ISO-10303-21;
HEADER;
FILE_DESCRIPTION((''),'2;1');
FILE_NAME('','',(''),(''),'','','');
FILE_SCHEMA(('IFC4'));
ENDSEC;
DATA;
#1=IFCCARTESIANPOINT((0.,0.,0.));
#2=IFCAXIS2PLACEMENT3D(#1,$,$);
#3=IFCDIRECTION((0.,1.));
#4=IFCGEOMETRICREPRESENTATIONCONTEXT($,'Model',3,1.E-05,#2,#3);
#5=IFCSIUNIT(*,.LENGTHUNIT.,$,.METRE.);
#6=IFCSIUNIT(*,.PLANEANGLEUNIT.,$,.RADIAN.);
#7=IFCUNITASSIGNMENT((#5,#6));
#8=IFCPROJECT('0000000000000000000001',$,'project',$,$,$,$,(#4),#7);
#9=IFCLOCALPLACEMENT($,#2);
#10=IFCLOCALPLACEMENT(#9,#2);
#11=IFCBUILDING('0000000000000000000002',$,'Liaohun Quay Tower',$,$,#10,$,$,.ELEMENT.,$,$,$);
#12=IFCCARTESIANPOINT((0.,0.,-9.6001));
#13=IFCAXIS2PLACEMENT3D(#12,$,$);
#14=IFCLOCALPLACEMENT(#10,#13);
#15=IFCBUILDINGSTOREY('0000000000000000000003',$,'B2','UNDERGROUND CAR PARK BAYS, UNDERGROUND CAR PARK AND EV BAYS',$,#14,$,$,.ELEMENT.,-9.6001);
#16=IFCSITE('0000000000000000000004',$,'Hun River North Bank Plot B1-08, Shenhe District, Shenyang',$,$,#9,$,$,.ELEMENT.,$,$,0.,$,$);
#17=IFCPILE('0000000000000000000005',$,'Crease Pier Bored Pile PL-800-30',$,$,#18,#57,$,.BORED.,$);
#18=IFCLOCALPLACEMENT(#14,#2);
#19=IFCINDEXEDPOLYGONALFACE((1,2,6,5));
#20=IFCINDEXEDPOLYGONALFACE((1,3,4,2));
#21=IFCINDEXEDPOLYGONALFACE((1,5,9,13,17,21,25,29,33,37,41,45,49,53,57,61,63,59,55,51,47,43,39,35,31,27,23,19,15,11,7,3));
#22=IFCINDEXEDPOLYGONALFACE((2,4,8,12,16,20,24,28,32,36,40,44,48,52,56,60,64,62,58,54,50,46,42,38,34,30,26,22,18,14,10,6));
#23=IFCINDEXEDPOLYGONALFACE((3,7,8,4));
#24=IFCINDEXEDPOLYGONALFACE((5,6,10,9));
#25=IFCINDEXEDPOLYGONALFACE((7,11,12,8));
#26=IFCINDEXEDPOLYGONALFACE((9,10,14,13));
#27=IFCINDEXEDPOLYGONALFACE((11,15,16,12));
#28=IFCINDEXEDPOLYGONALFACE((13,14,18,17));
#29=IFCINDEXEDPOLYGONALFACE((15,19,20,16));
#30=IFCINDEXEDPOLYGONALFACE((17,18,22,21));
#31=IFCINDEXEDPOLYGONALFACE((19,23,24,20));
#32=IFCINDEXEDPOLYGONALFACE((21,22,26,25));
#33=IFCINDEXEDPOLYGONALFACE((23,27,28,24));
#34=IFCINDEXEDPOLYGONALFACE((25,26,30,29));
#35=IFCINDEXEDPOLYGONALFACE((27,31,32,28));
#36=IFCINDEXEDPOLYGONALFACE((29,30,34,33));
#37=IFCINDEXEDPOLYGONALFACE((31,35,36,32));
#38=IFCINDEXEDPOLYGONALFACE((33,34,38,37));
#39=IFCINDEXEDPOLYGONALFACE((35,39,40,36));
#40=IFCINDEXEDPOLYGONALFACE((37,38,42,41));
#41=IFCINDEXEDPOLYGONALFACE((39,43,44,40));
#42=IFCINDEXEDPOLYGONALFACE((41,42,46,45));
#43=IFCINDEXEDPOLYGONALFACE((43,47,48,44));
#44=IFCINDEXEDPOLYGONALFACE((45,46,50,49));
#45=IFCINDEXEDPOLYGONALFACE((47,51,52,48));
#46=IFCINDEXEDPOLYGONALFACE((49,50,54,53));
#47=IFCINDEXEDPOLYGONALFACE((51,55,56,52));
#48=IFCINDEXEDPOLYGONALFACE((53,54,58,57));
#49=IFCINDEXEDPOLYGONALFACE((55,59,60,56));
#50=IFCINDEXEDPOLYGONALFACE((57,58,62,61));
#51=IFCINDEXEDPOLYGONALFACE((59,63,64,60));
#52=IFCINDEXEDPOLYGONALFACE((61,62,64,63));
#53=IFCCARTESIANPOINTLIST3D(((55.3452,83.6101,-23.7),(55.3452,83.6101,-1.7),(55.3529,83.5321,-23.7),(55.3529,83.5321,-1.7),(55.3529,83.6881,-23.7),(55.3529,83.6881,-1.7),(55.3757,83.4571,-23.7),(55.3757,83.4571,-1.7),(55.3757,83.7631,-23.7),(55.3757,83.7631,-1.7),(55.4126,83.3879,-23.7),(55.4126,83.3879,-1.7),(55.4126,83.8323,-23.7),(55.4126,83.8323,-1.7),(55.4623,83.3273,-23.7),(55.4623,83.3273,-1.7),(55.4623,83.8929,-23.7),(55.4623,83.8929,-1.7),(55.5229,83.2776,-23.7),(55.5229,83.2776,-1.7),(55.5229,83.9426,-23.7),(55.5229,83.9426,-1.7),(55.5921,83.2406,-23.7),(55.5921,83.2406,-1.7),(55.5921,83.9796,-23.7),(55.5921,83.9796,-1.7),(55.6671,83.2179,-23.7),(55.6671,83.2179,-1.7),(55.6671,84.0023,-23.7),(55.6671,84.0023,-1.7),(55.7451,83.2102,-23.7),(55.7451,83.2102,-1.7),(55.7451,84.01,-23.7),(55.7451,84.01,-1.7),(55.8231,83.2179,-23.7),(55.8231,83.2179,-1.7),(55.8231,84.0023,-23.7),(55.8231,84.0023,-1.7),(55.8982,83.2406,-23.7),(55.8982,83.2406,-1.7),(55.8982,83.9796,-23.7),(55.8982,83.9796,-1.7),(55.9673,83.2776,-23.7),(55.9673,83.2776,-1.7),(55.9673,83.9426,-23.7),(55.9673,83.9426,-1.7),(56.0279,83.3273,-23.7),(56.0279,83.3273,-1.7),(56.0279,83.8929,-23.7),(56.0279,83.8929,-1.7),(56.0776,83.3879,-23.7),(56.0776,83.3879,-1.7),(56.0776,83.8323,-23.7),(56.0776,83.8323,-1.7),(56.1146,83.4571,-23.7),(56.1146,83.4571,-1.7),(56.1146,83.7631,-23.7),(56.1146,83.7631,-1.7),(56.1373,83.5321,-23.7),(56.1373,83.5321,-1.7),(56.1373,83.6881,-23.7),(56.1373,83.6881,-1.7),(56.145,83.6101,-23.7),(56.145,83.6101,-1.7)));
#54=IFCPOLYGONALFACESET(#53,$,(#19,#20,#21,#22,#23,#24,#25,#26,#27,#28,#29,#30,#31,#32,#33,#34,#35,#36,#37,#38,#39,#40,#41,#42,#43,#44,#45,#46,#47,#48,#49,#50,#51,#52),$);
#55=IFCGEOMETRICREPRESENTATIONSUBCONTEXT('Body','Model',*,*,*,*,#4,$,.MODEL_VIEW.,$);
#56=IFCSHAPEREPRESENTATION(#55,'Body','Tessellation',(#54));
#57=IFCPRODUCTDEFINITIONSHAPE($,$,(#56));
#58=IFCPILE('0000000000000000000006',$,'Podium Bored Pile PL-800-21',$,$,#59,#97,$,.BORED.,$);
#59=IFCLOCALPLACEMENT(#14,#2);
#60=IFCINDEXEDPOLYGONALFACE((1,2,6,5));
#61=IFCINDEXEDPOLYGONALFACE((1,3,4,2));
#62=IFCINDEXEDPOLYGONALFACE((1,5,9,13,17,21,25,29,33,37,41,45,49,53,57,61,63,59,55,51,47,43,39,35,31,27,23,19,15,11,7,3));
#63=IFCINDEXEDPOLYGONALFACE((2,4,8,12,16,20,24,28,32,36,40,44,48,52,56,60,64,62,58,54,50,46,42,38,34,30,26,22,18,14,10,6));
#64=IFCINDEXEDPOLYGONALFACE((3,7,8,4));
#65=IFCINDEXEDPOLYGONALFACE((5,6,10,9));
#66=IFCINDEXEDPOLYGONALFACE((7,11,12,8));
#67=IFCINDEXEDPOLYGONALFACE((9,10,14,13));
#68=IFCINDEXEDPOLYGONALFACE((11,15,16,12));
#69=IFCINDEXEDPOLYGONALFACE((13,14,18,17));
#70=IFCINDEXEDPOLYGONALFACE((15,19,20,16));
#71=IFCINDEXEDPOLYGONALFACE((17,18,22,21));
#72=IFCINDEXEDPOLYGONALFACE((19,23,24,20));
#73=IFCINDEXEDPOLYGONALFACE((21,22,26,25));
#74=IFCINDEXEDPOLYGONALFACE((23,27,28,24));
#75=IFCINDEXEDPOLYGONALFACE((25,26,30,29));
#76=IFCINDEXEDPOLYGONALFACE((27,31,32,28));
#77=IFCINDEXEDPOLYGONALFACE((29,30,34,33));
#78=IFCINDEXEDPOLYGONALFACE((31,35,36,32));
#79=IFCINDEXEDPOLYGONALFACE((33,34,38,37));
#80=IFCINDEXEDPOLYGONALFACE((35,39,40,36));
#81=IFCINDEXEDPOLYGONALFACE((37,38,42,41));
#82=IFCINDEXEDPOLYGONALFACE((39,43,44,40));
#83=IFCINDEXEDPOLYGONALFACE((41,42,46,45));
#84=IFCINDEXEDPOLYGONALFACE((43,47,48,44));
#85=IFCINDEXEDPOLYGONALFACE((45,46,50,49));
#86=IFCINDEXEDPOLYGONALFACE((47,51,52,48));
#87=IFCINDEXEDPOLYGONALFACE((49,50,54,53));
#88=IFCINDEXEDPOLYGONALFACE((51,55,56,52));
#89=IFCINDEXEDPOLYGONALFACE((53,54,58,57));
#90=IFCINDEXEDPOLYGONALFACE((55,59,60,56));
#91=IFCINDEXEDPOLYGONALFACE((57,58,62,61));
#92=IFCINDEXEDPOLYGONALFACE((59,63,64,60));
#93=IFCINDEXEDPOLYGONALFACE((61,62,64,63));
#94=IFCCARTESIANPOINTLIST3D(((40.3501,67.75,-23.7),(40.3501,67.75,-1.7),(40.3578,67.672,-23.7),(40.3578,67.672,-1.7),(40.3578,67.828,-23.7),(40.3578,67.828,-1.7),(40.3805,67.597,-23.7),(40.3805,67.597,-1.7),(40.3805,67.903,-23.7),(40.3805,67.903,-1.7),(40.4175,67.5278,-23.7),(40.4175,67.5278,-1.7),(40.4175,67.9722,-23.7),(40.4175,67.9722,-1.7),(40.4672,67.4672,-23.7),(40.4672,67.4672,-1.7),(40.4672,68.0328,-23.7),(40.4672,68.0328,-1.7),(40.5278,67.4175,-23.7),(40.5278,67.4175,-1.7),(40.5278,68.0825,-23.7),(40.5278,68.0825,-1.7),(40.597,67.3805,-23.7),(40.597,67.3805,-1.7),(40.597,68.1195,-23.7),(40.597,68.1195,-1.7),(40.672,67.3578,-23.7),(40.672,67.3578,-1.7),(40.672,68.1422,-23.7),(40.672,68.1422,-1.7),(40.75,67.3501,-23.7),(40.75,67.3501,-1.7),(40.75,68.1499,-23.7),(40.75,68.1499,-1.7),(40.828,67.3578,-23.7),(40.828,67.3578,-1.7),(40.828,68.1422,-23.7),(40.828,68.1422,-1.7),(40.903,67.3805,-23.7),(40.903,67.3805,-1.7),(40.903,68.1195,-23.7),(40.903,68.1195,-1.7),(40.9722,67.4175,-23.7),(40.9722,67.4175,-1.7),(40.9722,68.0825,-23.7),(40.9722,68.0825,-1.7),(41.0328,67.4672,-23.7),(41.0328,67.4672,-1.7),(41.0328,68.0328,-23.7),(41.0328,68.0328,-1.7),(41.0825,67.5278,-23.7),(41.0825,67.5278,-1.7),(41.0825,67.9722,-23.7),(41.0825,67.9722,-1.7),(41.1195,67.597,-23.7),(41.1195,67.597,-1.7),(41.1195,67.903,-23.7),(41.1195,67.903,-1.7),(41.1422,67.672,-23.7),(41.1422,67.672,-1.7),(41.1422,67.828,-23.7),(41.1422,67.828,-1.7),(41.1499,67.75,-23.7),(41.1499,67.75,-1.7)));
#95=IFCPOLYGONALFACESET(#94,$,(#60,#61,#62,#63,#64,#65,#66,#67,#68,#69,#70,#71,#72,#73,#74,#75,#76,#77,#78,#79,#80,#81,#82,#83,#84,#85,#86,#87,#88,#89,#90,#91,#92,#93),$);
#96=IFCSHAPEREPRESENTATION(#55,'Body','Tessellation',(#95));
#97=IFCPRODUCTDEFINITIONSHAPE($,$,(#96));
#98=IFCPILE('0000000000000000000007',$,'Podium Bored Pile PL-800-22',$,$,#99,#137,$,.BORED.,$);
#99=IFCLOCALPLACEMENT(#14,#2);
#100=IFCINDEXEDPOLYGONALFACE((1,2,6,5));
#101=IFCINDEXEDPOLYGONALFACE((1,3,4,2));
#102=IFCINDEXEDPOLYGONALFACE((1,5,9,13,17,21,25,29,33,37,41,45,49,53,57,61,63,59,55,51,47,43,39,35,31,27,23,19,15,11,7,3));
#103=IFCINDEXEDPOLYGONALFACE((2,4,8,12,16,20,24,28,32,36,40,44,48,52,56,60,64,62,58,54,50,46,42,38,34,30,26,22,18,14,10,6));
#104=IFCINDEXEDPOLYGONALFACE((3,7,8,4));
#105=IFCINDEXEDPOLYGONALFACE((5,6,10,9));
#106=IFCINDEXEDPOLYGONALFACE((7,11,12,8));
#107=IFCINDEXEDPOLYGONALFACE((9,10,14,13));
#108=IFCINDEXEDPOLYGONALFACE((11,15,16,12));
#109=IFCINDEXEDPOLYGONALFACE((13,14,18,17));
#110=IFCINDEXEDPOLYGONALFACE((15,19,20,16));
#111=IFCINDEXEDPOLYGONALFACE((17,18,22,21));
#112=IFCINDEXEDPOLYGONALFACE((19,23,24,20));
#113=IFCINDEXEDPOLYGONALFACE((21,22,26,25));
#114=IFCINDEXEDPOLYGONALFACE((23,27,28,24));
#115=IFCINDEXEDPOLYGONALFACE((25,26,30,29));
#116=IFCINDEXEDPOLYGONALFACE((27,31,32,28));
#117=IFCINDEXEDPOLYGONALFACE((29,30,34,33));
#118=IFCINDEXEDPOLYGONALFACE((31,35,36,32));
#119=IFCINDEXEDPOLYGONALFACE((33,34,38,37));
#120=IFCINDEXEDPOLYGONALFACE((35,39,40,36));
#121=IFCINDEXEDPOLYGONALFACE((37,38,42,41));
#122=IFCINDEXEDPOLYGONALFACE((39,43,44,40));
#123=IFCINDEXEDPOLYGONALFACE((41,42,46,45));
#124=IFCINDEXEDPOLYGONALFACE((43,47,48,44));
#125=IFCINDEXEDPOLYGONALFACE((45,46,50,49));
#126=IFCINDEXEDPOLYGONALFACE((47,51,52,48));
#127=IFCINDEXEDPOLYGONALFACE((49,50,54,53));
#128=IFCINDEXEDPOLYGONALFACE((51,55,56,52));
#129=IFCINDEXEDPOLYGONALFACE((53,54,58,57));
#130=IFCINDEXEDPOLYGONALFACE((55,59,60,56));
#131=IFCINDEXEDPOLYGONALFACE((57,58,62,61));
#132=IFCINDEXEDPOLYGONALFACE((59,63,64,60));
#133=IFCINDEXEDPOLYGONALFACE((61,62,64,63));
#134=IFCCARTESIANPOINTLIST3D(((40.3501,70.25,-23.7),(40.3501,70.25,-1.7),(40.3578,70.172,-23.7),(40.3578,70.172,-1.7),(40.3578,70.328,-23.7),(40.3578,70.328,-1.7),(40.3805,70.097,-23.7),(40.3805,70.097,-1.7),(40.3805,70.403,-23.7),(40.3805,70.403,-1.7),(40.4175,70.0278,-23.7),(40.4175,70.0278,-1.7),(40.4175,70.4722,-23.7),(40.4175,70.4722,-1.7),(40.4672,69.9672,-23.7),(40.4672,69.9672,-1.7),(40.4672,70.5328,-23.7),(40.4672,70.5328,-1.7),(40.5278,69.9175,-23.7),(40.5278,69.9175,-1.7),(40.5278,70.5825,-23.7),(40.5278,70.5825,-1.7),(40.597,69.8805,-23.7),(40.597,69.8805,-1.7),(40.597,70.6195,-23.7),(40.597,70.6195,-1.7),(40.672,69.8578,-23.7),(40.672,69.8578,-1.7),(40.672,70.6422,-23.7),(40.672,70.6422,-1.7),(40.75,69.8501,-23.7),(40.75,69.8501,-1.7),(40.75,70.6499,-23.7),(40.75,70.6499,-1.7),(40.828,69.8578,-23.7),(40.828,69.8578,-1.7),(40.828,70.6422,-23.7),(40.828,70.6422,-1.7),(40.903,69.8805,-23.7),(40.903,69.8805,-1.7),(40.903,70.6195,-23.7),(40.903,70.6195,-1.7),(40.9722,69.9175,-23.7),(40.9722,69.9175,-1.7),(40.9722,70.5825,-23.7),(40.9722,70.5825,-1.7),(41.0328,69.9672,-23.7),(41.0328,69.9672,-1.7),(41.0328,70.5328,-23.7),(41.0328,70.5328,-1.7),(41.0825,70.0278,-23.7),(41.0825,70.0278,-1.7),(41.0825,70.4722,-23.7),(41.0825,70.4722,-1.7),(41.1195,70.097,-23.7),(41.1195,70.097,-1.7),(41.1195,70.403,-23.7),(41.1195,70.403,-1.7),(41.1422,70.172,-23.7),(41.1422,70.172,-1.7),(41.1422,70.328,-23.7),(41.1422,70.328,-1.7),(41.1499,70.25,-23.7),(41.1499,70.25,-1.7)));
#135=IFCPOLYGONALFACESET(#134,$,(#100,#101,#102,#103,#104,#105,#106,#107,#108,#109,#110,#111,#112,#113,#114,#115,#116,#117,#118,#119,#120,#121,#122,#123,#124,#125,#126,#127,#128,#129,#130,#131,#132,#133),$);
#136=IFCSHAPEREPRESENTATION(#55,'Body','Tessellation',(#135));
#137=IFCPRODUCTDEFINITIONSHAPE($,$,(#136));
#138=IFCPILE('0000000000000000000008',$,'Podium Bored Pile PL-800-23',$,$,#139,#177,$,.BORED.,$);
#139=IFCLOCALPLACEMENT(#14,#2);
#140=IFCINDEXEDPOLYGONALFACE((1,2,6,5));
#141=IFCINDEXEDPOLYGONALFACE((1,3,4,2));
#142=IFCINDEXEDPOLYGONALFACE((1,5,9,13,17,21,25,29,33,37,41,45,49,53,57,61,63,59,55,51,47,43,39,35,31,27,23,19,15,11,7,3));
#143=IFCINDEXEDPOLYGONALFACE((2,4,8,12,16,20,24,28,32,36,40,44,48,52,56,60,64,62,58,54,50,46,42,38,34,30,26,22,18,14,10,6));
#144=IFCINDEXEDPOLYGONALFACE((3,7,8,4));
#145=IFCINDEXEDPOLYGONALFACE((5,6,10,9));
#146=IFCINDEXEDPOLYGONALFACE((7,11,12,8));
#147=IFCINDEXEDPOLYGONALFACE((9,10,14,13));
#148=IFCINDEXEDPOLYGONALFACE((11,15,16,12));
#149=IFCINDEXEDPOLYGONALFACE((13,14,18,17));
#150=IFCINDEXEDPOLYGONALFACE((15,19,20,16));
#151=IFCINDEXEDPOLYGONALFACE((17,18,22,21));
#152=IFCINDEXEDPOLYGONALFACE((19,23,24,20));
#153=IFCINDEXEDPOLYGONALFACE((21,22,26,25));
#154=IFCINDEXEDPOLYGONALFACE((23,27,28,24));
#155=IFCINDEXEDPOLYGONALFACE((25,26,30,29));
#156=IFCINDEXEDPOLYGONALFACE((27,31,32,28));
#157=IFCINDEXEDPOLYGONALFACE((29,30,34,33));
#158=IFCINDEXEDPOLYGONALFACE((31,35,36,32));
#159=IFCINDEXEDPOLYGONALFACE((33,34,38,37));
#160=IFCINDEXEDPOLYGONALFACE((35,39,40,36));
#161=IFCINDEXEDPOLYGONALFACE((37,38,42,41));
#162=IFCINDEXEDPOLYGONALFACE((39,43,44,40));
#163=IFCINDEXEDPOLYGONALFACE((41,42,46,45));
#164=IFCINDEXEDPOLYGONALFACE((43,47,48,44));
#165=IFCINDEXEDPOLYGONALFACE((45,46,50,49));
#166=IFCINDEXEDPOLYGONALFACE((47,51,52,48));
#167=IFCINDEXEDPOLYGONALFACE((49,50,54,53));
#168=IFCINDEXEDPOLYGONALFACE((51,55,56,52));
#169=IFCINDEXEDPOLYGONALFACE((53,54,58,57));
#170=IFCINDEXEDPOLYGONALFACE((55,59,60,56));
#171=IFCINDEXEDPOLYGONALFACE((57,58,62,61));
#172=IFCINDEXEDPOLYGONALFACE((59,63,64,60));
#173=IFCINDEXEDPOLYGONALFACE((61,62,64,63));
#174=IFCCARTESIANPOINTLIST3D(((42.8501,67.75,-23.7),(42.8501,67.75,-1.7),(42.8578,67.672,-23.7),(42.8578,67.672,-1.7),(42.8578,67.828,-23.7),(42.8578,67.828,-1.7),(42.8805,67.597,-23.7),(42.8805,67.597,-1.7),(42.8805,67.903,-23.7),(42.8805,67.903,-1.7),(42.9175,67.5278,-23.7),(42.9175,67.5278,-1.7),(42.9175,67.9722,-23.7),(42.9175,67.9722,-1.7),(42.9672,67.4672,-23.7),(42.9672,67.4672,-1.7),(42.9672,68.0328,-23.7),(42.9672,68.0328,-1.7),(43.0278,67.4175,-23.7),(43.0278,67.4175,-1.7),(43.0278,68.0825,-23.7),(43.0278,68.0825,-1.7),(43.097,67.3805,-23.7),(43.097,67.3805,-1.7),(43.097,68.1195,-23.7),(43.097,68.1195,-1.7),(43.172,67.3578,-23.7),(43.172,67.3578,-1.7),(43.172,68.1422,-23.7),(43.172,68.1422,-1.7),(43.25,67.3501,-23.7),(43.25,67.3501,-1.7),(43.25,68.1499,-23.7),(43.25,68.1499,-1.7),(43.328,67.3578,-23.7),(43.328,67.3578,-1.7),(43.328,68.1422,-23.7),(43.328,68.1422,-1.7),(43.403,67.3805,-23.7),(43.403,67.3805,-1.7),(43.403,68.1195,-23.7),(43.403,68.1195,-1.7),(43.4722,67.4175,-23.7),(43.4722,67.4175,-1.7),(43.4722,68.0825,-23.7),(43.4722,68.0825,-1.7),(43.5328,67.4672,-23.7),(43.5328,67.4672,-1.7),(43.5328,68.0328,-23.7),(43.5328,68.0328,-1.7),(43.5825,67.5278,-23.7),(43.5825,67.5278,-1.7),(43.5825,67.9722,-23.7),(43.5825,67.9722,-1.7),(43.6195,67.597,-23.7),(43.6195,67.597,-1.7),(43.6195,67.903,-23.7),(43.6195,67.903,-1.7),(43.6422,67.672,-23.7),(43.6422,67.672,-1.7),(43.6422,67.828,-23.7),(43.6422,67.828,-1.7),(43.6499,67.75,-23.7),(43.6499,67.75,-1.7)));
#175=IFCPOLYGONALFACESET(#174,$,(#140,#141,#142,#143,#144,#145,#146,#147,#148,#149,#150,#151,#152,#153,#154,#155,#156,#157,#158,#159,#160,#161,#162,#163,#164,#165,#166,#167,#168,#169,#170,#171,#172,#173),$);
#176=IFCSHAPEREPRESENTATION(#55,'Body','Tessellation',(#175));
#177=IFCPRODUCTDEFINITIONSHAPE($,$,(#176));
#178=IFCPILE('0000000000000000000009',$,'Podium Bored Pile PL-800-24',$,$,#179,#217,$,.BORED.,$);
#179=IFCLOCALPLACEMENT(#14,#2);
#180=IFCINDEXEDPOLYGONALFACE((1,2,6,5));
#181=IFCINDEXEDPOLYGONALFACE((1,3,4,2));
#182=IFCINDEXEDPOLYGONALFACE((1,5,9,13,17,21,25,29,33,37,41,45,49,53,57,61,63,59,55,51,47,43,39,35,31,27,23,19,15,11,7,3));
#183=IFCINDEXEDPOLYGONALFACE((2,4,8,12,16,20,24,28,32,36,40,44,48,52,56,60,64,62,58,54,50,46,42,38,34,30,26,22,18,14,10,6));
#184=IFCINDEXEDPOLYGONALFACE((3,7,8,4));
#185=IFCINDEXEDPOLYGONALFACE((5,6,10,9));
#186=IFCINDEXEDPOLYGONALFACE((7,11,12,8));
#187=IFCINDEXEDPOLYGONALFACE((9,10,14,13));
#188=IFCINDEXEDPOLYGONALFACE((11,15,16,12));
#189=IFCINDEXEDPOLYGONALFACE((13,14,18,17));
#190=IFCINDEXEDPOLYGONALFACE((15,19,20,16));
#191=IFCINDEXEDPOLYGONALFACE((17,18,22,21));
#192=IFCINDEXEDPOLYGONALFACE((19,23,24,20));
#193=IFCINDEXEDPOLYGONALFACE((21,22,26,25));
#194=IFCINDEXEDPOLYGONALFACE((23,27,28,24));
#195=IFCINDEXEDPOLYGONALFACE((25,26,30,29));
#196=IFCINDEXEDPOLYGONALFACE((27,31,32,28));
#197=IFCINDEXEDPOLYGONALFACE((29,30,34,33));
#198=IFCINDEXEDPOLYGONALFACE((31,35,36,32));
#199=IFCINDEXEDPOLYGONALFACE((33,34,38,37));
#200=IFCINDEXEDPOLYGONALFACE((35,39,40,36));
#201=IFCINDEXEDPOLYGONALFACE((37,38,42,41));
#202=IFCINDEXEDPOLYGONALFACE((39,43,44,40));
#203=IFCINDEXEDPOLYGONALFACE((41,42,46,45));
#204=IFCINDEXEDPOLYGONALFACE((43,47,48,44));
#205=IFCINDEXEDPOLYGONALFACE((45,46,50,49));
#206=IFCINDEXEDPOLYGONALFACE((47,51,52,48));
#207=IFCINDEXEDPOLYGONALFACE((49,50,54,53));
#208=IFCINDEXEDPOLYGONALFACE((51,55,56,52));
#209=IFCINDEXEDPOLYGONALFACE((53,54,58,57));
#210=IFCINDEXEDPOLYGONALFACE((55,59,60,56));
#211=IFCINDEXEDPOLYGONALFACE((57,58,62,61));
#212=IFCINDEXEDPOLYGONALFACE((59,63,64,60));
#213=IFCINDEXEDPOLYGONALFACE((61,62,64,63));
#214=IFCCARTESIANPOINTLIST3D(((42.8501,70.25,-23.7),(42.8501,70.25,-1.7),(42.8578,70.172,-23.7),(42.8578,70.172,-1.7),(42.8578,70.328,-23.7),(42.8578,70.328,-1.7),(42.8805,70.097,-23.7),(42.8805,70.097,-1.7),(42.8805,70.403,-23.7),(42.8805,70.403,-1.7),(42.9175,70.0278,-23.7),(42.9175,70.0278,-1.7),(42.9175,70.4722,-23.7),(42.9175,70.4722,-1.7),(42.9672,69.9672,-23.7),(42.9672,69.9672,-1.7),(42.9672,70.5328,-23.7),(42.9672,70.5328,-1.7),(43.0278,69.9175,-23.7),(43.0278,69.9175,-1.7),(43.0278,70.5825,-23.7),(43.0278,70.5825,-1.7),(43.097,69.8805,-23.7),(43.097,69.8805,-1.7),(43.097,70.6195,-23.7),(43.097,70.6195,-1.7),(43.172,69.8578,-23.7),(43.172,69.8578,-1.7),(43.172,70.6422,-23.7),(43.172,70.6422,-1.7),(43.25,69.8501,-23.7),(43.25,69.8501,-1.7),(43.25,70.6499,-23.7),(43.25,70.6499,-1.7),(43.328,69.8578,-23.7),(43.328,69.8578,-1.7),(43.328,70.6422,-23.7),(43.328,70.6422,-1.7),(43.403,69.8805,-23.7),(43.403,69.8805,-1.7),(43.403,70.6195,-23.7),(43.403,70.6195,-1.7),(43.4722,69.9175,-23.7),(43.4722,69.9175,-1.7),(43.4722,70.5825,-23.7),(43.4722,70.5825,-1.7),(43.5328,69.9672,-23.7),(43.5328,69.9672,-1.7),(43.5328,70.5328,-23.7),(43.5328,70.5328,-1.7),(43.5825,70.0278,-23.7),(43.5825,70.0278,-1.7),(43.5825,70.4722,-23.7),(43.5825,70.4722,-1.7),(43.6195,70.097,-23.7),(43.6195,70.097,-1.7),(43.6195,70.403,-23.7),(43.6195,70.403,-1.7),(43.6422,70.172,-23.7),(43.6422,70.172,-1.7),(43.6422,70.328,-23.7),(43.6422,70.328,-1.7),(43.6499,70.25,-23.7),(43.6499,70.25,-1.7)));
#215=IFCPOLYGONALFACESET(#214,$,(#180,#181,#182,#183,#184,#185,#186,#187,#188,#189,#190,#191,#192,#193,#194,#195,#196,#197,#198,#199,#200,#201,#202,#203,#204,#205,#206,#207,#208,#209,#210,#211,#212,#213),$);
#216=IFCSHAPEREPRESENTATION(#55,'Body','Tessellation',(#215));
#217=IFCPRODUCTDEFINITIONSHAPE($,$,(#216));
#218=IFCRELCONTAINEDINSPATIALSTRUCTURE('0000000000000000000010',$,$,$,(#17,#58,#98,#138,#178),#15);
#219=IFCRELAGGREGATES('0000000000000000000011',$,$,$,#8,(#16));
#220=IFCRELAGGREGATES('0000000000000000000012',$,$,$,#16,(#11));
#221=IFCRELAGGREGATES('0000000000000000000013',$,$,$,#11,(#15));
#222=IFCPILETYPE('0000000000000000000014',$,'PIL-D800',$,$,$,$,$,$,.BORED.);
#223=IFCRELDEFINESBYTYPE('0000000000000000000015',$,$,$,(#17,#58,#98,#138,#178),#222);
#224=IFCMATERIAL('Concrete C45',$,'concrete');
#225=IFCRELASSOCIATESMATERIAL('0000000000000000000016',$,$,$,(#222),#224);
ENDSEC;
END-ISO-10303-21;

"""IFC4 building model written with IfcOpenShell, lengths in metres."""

from ifc_helpers import new_model, si_unit, direction, frame, origin, origin_2d, place, context, subcontext, project, spatial, circle, extrude, source, transform, mapped, material, material_profile, profile_set, type_object, element, save


model = new_model("IFC4")

# Units and contexts
model_context = context("Model", 3, precision=1e-05, world=origin(), true_north=direction((0.0, 1.0)))
body_context = subcontext(model_context, "Body", "Model", "MODEL_VIEW")
ifc_project = project(units=[si_unit("LENGTHUNIT", "METRE"), si_unit("PLANEANGLEUNIT", "RADIAN")], contexts=[model_context])

# Site, building, storey
site_placement = place(None, origin())
site = spatial("IfcSite", under=ifc_project, at=site_placement, Name="Hun River North Bank Plot B1-08, Shenhe District, Shenyang", CompositionType="ELEMENT", RefElevation=0.0)
building_placement = place(site_placement, origin())
building = spatial("IfcBuilding", under=site, at=building_placement, Name="Liaohun Quay Tower", CompositionType="ELEMENT")
storey_placement = place(building_placement, frame((0.0, 0.0, -9.6001)))
storey = spatial("IfcBuildingStorey", under=building, at=storey_placement, Name="B2", Description="UNDERGROUND CAR PARK BAYS, UNDERGROUND CAR PARK AND EV BAYS", CompositionType="ELEMENT", Elevation=-9.6001)

# Shared definitions
ifc_material_1 = material(Name="Concrete C45", Category="concrete")

# Piles
ifc_material_profile_1 = material_profile(ifc_material_1, circle(Radius=0.3999, at=origin_2d()), Name="PILE-D800")
ifc_profile_set_1 = profile_set([ifc_material_profile_1], Name="Concrete C45")
pile_type_1 = type_object("IfcPileType", Name="PIL-D800", PredefinedType="BORED", material=ifc_profile_set_1)
shared_shape_1 = source(origin(), body_context, "Body", "SweptSolid", [
    extrude(circle(Radius=0.3999, at=origin_2d()), origin(), (0.0, 0.0, 1.0), 22.0),
])
for number, where, z_axis, x_axis, name in (
    (1, (55.7451, 83.6101, -1.7), (0.0, 0.0, -1.0), (1.0, 0.0, 0.0), "Crease Pier Bored Pile PL-800-30"),
    (2, (40.75, 67.75, -1.7), (0.0, 0.0, -1.0), (1.0, 0.0, 0.0), "Podium Bored Pile PL-800-21"),
    (3, (40.75, 70.25, -1.7), (0.0, 0.0, -1.0), (1.0, 0.0, 0.0), "Podium Bored Pile PL-800-22"),
    (4, (43.25, 67.75, -1.7), (0.0, 0.0, -1.0), (1.0, 0.0, 0.0), "Podium Bored Pile PL-800-23"),
    (5, (43.25, 70.25, -1.7), (0.0, 0.0, -1.0), (1.0, 0.0, 0.0), "Podium Bored Pile PL-800-24"),
):
    element("IfcPile", number, at=place(storey_placement, frame(where, z_axis=z_axis, x_axis=x_axis)), inside=storey, type_object=pile_type_1, Name=name, PredefinedType="BORED", context=body_context, shape_type="MappedRepresentation", body=[
        mapped(shared_shape_1, transform((0.0, 0.0, 0.0), x_axis=(1.0, 0.0, 0.0), y_axis=(0.0, 1.0, 0.0), z_axis=(0.0, 0.0, 1.0), scale=1.0)),
    ])

save(model, "model.ifc")
